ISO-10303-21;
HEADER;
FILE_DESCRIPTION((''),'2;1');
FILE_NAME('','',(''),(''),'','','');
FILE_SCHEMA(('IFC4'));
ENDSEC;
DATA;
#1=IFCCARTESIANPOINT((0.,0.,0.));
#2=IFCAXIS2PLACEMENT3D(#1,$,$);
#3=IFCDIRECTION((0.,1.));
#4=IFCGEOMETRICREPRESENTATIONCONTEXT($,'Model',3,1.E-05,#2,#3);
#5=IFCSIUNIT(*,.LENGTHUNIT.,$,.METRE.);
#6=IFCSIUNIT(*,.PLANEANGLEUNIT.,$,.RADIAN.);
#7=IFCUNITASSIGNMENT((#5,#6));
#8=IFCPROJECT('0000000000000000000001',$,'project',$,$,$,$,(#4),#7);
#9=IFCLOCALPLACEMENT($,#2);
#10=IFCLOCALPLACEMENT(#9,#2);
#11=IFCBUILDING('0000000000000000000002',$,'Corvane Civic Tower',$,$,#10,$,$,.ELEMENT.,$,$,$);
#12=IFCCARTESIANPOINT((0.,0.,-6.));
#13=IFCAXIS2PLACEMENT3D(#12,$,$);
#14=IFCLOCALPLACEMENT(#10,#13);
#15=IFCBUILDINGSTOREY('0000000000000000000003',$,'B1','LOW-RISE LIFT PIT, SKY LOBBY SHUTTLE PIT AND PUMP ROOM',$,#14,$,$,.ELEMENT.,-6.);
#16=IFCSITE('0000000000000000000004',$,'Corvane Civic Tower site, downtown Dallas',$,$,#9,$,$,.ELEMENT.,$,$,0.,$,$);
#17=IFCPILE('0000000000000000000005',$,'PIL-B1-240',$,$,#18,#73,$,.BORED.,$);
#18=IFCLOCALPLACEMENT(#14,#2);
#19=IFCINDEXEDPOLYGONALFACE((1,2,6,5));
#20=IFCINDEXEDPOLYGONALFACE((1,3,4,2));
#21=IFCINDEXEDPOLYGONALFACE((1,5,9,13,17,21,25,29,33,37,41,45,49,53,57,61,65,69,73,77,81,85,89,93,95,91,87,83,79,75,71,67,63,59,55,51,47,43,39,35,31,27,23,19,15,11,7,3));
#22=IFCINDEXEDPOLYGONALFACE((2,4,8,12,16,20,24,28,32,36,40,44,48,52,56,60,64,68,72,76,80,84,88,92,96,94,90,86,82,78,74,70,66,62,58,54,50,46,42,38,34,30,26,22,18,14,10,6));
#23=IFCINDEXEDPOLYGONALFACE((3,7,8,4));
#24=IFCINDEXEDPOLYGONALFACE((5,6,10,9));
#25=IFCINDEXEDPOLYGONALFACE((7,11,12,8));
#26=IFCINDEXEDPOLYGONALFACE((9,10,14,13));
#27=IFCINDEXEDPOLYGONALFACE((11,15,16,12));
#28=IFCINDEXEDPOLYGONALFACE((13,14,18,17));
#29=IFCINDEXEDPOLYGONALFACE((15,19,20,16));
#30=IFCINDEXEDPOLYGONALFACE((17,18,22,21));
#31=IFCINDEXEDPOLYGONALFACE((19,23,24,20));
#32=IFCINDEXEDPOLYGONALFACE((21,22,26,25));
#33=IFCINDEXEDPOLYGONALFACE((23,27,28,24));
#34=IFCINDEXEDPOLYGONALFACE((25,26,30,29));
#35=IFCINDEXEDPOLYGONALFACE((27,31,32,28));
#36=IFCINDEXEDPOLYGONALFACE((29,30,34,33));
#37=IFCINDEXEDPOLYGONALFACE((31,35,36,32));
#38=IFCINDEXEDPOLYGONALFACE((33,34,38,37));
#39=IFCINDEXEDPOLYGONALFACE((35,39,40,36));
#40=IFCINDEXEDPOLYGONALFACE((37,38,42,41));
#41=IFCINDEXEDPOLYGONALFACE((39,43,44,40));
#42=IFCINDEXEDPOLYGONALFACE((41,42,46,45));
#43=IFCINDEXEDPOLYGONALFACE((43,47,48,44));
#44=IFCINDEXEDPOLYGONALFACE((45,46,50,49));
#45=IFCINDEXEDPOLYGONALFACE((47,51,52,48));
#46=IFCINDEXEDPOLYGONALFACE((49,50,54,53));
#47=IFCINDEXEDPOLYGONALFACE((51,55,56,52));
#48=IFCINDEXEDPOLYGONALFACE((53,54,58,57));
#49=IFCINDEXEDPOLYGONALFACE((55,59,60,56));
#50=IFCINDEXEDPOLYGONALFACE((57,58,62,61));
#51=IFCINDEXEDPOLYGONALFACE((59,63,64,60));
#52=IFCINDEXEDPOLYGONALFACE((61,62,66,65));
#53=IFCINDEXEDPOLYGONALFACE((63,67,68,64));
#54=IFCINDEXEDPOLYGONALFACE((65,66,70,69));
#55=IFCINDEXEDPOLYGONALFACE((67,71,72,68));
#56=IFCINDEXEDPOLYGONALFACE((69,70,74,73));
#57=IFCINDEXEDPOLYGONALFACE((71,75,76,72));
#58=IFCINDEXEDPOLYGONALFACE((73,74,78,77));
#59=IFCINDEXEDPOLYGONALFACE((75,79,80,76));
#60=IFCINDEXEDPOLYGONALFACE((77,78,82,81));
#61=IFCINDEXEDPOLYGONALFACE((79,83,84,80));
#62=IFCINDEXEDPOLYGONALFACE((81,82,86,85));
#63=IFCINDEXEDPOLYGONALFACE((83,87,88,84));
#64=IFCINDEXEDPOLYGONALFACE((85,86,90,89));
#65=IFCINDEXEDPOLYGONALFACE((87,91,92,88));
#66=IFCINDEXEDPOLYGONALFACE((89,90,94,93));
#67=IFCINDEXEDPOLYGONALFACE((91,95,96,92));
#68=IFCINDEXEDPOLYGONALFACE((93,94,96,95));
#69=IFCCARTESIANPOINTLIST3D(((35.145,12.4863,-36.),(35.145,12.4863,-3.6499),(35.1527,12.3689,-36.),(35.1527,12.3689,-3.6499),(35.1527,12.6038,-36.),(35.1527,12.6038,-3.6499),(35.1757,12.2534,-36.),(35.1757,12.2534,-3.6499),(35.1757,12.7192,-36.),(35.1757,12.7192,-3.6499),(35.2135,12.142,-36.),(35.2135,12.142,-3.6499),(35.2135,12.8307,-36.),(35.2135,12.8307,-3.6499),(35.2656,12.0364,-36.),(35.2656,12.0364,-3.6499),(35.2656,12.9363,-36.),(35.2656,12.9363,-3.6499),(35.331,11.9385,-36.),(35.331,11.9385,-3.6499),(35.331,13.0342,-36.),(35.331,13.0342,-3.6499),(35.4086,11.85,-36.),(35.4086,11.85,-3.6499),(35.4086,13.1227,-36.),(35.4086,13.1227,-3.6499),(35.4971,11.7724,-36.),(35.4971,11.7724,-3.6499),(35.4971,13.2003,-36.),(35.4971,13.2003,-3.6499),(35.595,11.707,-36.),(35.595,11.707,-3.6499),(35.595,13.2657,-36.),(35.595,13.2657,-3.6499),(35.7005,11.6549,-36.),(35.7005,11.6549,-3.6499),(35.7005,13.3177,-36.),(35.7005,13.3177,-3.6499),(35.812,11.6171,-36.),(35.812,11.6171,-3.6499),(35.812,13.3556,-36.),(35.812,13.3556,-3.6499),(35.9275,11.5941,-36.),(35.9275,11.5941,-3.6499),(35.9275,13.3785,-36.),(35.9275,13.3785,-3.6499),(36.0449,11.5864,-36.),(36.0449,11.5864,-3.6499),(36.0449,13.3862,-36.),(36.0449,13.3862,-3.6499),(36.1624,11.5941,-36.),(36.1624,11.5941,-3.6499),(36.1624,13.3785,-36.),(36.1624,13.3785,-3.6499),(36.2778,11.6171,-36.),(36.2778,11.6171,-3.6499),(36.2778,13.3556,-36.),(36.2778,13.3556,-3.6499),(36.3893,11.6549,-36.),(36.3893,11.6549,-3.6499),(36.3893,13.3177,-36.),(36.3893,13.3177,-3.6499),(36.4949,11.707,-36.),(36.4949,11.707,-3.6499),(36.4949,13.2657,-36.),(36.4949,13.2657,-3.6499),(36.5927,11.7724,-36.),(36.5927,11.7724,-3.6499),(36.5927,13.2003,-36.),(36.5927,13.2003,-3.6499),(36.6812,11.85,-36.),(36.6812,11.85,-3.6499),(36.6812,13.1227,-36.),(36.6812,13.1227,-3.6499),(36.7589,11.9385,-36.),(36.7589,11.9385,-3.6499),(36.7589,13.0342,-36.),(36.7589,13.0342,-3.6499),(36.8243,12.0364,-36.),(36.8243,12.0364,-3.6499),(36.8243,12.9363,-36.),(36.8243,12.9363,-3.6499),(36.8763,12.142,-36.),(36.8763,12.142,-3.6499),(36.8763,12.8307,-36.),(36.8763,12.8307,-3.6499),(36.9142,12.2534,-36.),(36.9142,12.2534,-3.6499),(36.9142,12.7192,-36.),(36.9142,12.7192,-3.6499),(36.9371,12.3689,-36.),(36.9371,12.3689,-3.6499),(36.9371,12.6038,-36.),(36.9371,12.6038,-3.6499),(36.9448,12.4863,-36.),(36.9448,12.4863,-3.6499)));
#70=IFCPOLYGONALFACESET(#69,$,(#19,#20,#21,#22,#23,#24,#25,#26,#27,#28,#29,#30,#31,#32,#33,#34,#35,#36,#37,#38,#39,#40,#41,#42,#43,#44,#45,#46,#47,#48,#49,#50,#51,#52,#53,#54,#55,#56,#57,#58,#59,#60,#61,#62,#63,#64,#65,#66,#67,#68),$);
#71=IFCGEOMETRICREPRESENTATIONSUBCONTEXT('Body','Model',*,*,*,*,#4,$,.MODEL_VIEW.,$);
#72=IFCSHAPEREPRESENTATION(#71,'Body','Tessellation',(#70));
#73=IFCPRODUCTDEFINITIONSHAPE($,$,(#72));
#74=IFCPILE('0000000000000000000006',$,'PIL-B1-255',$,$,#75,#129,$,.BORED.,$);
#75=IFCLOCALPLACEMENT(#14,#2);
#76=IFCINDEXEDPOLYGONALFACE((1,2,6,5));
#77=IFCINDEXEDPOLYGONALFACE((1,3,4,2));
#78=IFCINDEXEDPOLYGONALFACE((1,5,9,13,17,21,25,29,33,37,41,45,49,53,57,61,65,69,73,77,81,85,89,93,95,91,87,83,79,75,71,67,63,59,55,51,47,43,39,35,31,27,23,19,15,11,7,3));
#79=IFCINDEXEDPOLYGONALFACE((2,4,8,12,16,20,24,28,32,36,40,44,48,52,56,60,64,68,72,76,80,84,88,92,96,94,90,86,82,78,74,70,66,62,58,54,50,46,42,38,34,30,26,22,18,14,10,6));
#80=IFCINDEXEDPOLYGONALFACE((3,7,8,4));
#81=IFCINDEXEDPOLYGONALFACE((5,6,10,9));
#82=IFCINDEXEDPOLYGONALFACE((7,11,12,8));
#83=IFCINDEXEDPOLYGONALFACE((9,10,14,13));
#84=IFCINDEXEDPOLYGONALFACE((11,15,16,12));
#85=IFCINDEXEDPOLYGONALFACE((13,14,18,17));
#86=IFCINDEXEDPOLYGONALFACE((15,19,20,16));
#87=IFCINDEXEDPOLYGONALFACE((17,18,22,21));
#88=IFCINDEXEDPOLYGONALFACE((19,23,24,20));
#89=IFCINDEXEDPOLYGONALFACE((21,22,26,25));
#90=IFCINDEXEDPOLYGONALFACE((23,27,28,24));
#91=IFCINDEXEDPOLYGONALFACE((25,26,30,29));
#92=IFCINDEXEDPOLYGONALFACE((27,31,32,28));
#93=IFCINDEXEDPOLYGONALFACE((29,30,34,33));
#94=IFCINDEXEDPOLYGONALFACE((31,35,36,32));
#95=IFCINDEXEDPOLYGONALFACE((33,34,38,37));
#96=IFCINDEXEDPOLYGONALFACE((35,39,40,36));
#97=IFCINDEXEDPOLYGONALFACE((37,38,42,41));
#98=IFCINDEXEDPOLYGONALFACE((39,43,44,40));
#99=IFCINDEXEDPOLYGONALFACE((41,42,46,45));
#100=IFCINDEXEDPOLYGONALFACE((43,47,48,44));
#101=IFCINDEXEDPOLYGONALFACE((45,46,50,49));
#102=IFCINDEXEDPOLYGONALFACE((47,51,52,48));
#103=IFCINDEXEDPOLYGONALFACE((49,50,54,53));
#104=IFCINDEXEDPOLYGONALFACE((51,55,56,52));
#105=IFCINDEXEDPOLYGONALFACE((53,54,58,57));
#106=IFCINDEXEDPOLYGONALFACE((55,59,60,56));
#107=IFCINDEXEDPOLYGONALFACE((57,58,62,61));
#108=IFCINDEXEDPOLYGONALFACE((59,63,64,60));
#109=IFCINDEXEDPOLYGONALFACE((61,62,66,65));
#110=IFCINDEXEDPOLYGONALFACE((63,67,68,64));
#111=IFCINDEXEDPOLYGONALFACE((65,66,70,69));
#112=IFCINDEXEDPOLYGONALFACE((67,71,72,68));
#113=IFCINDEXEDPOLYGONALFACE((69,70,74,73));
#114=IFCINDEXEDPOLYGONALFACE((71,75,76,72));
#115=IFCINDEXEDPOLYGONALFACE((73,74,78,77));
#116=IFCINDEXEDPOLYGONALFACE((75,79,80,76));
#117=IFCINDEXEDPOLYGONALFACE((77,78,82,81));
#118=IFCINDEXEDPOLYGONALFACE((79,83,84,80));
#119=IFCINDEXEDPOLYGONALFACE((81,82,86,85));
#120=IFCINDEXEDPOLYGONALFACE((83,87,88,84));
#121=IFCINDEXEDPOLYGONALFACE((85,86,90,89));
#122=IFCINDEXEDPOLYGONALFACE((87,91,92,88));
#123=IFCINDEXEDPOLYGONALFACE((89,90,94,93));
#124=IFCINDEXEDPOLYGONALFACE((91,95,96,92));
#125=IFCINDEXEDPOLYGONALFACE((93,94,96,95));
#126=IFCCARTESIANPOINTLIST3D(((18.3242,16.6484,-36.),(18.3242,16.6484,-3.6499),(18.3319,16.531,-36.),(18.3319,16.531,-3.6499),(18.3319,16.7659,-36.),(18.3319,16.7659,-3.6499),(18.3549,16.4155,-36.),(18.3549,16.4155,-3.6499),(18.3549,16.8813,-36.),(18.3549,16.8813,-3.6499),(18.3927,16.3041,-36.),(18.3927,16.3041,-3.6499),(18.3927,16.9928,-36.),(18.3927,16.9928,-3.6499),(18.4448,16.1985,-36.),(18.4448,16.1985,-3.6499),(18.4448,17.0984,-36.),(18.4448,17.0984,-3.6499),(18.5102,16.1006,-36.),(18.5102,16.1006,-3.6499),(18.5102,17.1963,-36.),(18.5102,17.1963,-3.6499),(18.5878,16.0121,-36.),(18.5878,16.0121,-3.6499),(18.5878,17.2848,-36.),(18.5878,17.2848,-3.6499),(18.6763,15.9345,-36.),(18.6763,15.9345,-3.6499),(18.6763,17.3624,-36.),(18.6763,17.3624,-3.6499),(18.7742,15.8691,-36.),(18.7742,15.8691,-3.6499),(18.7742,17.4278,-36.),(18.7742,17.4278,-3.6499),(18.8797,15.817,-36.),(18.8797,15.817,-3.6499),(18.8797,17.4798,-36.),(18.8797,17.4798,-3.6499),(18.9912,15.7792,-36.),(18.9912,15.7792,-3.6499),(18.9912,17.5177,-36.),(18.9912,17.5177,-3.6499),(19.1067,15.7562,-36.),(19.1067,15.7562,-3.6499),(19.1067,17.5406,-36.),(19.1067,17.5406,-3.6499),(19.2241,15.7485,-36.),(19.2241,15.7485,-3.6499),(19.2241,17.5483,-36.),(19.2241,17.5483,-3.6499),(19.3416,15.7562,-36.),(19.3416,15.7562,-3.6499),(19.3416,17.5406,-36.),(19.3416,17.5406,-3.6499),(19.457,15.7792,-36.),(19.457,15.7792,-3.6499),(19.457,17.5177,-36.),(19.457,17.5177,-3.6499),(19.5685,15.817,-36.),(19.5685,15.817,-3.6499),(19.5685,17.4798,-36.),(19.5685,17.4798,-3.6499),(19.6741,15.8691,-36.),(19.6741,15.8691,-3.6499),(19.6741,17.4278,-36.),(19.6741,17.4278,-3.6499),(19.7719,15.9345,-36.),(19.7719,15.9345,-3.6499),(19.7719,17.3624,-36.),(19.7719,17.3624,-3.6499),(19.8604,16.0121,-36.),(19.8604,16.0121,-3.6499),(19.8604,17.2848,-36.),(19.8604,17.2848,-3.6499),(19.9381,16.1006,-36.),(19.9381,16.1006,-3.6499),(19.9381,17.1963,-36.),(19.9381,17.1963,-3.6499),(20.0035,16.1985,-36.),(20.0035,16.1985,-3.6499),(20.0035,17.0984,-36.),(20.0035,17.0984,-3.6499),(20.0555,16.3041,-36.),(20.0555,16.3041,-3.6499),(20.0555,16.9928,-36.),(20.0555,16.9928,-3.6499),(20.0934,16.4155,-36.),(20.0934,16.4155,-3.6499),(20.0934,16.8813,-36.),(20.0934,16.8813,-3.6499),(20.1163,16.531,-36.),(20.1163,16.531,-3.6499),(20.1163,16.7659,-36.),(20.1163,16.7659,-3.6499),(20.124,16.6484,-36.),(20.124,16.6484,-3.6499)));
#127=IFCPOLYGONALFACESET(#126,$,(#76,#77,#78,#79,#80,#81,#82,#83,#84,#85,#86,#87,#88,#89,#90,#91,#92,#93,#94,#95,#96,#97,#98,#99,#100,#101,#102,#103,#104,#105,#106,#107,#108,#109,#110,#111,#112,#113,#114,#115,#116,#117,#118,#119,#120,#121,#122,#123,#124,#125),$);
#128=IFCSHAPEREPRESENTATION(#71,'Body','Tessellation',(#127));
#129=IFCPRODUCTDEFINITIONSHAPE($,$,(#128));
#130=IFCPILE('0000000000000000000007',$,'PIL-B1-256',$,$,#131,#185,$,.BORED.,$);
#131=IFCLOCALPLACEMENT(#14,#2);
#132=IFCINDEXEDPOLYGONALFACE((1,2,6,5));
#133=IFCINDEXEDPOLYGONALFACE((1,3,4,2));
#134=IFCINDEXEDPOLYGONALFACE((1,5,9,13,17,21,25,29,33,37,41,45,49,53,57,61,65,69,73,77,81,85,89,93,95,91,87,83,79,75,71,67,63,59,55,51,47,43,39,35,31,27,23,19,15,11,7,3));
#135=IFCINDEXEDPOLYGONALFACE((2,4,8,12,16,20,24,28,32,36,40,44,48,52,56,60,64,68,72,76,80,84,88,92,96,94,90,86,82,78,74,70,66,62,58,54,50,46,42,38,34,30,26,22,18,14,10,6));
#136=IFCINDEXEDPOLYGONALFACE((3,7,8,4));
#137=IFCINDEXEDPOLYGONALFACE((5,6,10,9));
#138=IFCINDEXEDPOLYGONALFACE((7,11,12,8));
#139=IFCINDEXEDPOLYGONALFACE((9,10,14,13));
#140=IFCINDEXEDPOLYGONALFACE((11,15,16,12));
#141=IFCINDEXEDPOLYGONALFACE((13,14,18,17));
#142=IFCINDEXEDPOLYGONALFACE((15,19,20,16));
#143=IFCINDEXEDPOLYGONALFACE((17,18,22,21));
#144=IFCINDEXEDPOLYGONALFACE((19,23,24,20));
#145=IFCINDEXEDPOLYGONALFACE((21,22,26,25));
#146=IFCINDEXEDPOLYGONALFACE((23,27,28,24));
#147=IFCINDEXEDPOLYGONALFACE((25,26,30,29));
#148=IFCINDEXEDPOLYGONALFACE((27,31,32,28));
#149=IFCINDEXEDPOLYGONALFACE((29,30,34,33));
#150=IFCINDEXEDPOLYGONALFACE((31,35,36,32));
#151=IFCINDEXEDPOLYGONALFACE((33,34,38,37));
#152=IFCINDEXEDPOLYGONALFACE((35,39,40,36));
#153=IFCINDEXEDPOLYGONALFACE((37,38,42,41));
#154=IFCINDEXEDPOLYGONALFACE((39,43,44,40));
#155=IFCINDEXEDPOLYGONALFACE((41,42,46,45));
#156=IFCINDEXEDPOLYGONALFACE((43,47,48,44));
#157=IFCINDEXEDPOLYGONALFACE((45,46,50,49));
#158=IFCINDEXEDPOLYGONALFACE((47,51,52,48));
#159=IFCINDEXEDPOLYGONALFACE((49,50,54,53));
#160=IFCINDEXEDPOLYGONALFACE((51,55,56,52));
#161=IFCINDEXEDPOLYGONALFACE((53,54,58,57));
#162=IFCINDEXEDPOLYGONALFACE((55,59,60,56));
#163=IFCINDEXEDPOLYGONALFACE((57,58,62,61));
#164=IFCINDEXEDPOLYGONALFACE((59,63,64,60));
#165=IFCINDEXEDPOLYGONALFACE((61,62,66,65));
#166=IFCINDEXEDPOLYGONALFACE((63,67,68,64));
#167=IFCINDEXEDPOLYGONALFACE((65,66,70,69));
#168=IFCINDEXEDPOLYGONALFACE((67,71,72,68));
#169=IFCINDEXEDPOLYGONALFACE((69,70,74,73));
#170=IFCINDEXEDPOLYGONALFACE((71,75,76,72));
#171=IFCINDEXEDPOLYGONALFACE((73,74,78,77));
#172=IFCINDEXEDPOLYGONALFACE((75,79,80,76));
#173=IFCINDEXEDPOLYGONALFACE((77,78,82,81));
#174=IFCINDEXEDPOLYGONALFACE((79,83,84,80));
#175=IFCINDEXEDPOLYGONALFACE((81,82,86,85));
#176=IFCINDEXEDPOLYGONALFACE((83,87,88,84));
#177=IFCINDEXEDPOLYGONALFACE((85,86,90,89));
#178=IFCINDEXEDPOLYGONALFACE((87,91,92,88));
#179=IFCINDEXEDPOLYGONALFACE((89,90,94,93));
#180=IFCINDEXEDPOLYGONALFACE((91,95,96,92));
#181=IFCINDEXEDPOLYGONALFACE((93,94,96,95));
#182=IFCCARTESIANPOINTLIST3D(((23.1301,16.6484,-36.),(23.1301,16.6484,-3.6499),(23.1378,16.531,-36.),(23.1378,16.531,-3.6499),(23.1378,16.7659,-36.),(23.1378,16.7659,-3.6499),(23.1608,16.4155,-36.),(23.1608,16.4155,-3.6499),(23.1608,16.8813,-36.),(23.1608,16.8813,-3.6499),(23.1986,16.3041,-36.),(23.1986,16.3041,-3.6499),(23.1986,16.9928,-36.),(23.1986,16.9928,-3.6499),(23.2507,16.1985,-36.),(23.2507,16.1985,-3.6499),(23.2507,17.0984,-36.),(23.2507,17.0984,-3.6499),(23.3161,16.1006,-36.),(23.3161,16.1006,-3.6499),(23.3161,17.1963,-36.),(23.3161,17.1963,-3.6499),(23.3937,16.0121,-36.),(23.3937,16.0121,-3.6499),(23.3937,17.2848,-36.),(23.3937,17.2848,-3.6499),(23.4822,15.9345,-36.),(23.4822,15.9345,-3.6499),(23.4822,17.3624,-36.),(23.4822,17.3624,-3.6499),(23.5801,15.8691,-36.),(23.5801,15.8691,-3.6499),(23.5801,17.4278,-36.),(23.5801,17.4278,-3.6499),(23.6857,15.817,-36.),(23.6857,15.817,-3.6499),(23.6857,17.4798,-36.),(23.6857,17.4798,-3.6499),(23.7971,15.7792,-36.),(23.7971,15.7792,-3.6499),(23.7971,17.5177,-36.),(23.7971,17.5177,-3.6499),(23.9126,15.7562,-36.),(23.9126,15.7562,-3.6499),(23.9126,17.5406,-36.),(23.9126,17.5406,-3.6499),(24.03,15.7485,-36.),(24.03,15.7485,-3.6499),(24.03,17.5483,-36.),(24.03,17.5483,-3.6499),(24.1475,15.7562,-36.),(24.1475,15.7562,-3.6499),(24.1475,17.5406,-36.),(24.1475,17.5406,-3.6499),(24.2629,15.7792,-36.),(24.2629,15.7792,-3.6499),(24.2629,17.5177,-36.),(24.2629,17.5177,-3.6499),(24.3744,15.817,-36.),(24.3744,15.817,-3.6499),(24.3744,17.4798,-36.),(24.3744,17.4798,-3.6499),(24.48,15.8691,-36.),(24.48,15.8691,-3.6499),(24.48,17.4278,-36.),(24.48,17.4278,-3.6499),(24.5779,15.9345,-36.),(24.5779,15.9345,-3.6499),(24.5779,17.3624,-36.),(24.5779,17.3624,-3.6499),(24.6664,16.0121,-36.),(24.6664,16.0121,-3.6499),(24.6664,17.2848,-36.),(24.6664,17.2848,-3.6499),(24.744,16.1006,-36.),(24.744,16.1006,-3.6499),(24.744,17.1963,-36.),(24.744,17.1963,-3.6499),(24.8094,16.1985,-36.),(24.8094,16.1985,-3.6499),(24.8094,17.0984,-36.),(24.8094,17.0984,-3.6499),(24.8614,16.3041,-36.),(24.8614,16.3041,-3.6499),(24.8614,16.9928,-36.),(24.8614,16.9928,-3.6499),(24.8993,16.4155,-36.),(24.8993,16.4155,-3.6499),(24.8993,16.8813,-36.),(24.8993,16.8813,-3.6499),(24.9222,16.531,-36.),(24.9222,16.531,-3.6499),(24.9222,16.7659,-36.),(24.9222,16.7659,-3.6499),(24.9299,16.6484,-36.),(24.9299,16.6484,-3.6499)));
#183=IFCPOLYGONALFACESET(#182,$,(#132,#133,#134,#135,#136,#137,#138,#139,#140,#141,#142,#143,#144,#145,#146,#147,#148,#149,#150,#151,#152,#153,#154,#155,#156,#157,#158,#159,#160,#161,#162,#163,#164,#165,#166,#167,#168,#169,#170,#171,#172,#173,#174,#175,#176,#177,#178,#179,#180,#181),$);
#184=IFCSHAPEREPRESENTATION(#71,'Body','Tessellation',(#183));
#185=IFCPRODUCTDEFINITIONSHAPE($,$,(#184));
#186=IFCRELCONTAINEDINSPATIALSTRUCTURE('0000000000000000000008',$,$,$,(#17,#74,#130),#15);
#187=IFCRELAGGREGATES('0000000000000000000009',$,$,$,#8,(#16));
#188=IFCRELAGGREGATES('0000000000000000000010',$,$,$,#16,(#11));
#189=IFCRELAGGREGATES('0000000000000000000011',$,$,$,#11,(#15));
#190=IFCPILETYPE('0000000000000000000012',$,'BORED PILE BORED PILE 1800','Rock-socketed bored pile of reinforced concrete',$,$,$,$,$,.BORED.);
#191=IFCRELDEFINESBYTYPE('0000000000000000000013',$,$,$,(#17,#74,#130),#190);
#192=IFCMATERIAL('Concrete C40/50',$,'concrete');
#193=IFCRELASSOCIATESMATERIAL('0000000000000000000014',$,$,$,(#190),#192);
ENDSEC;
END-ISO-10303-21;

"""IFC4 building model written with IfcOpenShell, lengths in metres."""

from ifc_helpers import new_model, si_unit, direction, frame, origin, origin_2d, place, context, subcontext, project, spatial, circle, extrude, material, material_profile, profile_set, type_object, element, save


model = new_model("IFC4")

# Units and contexts
model_context = context("Model", 3, precision=1e-05, world=origin(), true_north=direction((0.0, 1.0)))
body_context = subcontext(model_context, "Body", "Model", "MODEL_VIEW")
ifc_project = project(units=[si_unit("LENGTHUNIT", "METRE"), si_unit("PLANEANGLEUNIT", "RADIAN")], contexts=[model_context])

# Site, building, storey
site_placement = place(None, origin())
site = spatial("IfcSite", under=ifc_project, at=site_placement, Name="Corvane Civic Tower site, downtown Dallas", CompositionType="ELEMENT", RefElevation=0.0)
building_placement = place(site_placement, origin())
building = spatial("IfcBuilding", under=site, at=building_placement, Name="Corvane Civic Tower", CompositionType="ELEMENT")
storey_placement = place(building_placement, frame((0.0, 0.0, -6.0)))
storey = spatial("IfcBuildingStorey", under=building, at=storey_placement, Name="B1", Description="LOW-RISE LIFT PIT, SKY LOBBY SHUTTLE PIT AND PUMP ROOM", CompositionType="ELEMENT", Elevation=-6.0)

# Piles
ifc_material_1 = material(Name="Concrete C40/50", Category="concrete")
ifc_material_profile_1 = material_profile(ifc_material_1, circle(Radius=0.8999, at=origin_2d()), Name="BORED PILE 1800")
ifc_profile_set_1 = profile_set([ifc_material_profile_1], Name="Concrete C40/50")
pile_type = type_object("IfcPileType", Name="BORED PILE BORED PILE 1800", Description="Rock-socketed bored pile of reinforced concrete", PredefinedType="BORED", material=ifc_profile_set_1)
for number, where, z_axis, x_axis, name in (
    (1, (36.0449, 12.4863, -3.6499), (0.0, 0.0, -1.0), (1.0, 0.0, 0.0), "PIL-B1-240"),
    (2, (19.2241, 16.6484, -3.6499), (0.0, 0.0, -1.0), (1.0, 0.0, 0.0), "PIL-B1-255"),
    (3, (24.03, 16.6484, -3.6499), (0.0, 0.0, -1.0), (1.0, 0.0, 0.0), "PIL-B1-256"),
):
    element("IfcPile", number, at=place(storey_placement, frame(where, z_axis=z_axis, x_axis=x_axis)), inside=storey, type_object=pile_type, Name=name, PredefinedType="BORED", context=body_context, shape_type="SweptSolid", body=[
        extrude(circle(Radius=0.8999, at=origin_2d()), origin(), (0.0, 0.0, 1.0), 32.3501),
    ])

save(model, "model.ifc")
